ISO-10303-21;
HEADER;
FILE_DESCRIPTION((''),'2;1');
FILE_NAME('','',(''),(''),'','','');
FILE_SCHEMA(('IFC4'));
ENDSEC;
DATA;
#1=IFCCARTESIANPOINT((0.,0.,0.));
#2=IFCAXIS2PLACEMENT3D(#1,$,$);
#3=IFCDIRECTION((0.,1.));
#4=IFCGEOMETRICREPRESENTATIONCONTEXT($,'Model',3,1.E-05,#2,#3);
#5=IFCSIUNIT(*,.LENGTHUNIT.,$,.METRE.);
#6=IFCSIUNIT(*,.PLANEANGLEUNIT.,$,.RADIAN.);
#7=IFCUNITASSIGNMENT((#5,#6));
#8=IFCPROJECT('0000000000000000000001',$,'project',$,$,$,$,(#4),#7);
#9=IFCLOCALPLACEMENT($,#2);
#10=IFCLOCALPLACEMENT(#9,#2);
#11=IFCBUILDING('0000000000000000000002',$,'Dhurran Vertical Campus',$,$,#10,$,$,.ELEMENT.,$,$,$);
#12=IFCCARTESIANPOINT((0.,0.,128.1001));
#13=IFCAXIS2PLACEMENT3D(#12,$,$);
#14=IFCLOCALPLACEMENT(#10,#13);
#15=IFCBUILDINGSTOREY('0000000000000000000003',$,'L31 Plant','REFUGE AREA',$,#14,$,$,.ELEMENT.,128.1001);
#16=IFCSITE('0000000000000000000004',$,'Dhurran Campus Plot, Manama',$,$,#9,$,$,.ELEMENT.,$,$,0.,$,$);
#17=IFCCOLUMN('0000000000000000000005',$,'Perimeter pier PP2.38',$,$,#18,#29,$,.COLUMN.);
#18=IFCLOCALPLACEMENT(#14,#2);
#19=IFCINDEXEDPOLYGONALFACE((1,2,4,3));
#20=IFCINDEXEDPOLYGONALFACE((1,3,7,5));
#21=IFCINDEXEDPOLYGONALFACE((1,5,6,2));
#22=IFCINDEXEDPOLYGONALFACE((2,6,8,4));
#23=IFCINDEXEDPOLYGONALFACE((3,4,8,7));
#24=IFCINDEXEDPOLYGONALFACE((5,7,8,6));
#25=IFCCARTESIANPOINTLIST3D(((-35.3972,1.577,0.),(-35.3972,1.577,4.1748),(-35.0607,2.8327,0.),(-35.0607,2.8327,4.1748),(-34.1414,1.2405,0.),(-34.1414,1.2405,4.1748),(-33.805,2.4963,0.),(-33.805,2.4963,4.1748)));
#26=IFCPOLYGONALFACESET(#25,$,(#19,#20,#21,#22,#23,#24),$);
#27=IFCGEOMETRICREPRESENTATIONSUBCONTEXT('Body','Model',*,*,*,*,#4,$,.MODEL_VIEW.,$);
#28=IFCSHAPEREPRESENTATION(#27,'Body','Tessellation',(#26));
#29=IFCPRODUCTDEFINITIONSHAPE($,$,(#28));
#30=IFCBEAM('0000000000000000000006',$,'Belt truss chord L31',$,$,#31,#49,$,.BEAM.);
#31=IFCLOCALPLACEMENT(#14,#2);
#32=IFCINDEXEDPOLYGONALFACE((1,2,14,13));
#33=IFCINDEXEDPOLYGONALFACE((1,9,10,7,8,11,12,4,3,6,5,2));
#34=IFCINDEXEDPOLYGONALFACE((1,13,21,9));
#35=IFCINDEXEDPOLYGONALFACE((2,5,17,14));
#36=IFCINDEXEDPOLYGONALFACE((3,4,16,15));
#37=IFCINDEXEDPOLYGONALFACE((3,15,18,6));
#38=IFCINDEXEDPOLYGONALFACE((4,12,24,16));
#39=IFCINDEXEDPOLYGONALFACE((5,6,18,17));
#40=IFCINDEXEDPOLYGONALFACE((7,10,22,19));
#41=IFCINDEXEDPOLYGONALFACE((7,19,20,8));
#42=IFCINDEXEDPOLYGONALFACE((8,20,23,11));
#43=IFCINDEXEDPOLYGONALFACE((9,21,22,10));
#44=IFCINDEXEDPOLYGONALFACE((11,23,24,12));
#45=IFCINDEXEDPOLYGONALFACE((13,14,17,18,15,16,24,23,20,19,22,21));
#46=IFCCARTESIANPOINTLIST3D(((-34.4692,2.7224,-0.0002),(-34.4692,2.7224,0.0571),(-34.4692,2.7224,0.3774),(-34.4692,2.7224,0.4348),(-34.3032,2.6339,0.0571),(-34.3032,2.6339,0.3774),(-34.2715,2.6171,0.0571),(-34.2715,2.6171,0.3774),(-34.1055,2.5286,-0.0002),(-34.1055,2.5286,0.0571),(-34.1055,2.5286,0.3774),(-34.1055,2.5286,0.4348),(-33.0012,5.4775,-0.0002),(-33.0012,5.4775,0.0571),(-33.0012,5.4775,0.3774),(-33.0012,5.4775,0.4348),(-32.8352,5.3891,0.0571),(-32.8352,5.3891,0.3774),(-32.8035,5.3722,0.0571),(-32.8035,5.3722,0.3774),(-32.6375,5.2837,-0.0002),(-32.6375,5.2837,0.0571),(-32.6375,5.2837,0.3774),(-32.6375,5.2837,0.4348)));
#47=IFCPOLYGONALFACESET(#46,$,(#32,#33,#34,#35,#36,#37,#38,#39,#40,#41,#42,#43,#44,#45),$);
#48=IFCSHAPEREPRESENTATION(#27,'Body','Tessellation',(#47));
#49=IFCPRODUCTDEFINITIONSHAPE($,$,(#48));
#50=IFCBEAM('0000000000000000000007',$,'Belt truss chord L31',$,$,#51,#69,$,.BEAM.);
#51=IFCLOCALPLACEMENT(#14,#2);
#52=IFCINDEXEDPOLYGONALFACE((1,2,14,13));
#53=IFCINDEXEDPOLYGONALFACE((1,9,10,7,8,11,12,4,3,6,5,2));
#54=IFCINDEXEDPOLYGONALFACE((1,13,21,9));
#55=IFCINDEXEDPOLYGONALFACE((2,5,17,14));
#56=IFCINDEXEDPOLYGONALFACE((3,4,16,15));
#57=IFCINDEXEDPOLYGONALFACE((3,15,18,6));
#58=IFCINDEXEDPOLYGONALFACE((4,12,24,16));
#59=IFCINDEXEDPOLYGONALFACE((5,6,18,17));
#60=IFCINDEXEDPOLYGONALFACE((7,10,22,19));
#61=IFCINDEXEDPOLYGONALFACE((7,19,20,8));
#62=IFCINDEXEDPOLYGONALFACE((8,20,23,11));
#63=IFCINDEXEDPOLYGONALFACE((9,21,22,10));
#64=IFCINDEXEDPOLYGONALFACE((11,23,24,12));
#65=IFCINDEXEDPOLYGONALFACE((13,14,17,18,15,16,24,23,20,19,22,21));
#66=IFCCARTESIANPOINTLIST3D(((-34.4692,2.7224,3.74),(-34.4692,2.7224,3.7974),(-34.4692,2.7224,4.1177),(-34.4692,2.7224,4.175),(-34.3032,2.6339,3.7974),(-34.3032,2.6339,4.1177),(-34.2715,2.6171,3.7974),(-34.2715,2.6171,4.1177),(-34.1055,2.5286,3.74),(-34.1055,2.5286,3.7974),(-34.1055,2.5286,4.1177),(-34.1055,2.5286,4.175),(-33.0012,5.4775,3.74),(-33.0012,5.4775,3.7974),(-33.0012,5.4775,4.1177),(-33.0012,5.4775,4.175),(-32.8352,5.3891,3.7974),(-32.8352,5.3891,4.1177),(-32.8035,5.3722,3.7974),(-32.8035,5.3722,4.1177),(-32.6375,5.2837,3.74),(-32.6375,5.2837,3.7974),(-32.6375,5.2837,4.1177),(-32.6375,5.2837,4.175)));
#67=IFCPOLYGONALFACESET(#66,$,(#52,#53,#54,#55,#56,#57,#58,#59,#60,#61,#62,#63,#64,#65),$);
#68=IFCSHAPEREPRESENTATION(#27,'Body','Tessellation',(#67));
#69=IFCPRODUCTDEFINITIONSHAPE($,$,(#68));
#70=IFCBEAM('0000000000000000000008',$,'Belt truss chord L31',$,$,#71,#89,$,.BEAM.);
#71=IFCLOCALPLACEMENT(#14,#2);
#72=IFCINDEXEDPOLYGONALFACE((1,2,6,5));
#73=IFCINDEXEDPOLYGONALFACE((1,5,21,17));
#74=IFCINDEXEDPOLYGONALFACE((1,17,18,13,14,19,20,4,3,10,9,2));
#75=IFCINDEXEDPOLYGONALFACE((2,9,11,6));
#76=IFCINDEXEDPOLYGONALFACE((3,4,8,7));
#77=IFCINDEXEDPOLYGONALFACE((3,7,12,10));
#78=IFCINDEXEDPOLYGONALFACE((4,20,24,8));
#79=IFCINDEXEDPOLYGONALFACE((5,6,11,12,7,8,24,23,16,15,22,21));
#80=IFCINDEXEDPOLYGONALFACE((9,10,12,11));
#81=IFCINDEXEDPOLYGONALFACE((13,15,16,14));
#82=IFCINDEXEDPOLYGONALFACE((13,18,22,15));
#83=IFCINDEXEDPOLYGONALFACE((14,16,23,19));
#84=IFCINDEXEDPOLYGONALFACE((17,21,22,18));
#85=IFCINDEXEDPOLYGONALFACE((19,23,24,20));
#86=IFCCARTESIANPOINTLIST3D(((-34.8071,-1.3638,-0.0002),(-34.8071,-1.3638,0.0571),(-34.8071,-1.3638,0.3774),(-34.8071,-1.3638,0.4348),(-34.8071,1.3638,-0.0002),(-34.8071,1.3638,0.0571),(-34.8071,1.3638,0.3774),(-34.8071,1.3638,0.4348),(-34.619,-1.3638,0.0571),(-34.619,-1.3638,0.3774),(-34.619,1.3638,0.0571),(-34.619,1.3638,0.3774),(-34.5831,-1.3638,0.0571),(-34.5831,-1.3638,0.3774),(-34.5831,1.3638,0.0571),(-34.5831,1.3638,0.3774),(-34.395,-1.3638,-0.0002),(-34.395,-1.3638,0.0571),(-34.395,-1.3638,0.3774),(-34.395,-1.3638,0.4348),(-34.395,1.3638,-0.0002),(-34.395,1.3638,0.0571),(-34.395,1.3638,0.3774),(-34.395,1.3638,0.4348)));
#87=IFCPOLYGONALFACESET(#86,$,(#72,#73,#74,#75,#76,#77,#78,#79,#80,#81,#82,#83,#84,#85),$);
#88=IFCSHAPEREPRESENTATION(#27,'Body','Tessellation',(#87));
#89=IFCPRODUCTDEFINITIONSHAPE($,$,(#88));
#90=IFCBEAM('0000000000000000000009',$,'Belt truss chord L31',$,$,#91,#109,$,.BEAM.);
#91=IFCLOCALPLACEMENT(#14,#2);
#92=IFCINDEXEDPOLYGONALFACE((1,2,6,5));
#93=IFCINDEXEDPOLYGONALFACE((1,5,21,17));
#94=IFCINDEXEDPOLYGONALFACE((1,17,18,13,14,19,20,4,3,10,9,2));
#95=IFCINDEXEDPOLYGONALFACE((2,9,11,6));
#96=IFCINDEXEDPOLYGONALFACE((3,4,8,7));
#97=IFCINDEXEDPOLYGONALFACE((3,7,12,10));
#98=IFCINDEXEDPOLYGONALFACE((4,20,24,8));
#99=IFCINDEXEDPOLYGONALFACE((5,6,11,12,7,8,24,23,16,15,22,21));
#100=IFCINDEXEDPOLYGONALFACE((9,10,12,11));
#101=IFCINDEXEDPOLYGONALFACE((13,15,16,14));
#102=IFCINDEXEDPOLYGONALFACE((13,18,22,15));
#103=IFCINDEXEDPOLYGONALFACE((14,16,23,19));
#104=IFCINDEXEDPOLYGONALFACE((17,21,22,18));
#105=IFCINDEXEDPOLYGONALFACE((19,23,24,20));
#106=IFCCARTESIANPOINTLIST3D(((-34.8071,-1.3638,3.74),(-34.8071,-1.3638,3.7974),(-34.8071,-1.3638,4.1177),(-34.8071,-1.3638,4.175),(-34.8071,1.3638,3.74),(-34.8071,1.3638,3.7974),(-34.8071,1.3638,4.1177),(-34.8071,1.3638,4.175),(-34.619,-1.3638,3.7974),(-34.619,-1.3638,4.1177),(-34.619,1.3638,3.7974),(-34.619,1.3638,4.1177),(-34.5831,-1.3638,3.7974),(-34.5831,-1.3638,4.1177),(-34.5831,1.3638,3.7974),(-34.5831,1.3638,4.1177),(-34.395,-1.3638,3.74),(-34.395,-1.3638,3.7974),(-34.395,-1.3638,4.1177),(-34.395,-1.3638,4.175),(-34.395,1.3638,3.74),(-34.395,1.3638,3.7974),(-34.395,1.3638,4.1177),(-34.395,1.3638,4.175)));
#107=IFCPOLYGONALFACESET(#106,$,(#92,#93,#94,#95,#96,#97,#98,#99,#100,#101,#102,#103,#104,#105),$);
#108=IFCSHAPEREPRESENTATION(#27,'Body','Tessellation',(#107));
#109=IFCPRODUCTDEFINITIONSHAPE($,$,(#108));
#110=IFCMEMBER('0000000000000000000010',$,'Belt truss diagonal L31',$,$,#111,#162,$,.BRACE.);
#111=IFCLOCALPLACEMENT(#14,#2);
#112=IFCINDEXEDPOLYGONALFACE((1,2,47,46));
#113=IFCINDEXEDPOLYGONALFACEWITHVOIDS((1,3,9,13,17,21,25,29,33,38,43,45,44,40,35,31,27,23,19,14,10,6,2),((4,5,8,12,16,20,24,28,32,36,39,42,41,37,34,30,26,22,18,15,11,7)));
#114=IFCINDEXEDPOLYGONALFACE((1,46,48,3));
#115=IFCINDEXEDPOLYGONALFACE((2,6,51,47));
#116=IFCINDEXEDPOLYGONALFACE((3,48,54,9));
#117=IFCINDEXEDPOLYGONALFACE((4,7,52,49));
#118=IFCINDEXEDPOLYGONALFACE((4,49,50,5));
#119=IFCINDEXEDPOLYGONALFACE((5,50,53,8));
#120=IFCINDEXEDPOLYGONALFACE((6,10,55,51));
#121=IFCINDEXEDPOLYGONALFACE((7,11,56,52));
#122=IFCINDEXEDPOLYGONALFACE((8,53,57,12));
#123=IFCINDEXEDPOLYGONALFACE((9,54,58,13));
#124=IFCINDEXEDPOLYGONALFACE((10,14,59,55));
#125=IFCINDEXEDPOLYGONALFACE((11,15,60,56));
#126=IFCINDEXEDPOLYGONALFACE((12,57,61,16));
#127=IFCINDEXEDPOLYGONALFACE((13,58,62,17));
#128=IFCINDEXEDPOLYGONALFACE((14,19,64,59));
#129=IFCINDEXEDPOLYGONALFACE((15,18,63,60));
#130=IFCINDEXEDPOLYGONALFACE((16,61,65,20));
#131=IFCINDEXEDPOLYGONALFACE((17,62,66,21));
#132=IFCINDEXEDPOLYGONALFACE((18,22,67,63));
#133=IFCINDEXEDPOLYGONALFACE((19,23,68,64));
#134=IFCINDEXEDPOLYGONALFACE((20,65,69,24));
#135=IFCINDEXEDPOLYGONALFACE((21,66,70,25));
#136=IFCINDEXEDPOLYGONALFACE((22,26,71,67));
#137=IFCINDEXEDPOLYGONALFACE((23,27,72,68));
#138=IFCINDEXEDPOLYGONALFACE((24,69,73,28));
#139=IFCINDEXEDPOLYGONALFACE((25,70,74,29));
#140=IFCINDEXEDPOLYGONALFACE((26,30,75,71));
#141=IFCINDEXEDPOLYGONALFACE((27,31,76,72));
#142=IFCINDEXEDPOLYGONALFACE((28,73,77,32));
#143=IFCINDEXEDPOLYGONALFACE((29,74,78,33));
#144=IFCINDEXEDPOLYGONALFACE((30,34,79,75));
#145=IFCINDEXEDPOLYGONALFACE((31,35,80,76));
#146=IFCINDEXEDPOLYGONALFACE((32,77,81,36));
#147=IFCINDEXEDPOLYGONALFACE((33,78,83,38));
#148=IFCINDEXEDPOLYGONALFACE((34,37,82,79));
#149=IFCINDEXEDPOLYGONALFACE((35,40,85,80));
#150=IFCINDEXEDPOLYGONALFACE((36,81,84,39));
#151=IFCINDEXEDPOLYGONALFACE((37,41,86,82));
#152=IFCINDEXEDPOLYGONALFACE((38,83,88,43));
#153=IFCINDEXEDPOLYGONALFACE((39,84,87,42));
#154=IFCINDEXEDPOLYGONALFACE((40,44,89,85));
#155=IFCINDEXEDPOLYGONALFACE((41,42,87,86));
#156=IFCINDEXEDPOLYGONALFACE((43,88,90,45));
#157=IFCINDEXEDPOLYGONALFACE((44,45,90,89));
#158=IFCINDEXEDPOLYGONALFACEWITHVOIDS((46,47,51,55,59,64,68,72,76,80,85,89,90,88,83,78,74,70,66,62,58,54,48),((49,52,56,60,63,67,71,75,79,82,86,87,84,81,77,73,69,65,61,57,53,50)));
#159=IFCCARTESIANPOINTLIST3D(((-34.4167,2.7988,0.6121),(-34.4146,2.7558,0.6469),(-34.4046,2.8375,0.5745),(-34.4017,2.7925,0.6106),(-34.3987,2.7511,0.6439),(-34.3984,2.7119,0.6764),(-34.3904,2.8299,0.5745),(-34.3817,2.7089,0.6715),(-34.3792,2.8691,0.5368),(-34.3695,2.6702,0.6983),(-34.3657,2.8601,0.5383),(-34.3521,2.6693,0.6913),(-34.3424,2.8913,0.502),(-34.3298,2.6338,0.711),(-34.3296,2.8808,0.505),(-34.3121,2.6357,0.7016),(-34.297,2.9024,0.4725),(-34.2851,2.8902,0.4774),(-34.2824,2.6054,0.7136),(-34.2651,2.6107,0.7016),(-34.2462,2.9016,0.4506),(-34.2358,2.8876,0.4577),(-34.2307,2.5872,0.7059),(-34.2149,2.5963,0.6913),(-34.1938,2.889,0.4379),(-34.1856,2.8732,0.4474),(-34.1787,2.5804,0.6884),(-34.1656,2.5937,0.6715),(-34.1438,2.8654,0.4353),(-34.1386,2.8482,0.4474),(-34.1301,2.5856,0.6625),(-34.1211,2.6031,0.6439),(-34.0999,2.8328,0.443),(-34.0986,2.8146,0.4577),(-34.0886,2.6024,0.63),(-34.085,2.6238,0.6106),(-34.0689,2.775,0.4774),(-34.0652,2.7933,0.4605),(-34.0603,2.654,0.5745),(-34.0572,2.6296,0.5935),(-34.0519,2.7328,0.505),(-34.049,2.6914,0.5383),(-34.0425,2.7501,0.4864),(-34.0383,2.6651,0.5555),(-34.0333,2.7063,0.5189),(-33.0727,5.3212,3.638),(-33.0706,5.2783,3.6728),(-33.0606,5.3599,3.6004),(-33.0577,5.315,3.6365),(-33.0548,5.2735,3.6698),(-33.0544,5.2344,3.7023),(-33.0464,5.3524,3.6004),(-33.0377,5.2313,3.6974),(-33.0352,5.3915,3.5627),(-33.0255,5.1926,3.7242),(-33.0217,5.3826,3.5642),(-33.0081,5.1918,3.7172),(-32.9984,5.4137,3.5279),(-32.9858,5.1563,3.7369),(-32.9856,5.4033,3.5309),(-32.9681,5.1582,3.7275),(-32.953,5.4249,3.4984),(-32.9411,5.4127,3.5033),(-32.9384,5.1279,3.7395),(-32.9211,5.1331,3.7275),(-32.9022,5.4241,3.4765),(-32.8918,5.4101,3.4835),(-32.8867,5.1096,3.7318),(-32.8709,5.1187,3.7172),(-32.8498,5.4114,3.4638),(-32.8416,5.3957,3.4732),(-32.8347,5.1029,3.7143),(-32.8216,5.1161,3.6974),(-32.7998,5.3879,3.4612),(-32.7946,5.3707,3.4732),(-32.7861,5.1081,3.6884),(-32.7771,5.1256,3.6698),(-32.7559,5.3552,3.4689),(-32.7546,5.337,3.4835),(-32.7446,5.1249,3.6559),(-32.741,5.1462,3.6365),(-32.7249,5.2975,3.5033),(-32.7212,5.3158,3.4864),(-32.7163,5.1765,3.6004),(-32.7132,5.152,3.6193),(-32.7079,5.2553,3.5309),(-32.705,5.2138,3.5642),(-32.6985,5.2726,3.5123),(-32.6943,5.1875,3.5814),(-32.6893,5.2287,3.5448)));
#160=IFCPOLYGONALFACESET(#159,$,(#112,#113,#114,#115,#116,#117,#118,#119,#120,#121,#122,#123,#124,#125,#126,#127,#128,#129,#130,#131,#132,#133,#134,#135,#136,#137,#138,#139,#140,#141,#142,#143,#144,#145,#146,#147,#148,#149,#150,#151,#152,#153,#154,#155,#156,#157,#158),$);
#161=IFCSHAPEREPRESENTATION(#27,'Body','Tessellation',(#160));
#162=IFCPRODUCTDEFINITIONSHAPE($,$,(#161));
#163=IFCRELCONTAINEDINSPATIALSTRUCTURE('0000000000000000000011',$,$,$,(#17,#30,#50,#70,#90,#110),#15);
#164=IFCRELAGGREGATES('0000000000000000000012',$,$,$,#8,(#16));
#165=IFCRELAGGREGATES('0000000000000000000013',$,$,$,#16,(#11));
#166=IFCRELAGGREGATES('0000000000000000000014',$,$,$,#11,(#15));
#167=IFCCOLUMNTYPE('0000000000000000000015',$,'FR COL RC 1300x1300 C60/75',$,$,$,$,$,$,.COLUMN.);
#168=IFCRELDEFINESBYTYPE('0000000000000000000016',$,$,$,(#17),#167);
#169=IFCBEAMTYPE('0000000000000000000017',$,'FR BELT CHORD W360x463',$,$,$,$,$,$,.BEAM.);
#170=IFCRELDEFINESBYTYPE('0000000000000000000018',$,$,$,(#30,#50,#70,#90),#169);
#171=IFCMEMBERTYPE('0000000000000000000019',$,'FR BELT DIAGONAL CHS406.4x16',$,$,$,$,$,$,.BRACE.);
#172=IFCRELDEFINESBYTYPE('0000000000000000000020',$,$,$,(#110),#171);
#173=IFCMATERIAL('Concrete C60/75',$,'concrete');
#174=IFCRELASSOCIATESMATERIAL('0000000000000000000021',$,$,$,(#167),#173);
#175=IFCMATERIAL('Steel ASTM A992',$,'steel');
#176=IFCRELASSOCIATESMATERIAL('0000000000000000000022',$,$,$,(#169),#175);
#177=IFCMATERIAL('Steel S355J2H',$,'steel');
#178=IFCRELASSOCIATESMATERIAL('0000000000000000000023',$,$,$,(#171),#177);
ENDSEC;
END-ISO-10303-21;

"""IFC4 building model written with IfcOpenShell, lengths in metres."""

from ifc_helpers import new_model, si_unit, direction, frame, origin, origin_2d, place, context, subcontext, project, spatial, rectangle, hollow_circle, i_section, extrude, material, material_profile, profile_set, type_object, element, save


model = new_model("IFC4")

# Units and contexts
model_context = context("Model", 3, precision=1e-05, world=origin(), true_north=direction((0.0, 1.0)))
body_context = subcontext(model_context, "Body", "Model", "MODEL_VIEW")
ifc_project = project(units=[si_unit("LENGTHUNIT", "METRE"), si_unit("PLANEANGLEUNIT", "RADIAN")], contexts=[model_context])

# Site, building, storey
site_placement = place(None, origin())
site = spatial("IfcSite", under=ifc_project, at=site_placement, Name="Dhurran Campus Plot, Manama", CompositionType="ELEMENT", RefElevation=0.0)
building_placement = place(site_placement, origin())
building = spatial("IfcBuilding", under=site, at=building_placement, Name="Dhurran Vertical Campus", CompositionType="ELEMENT")
storey_placement = place(building_placement, frame((0.0, 0.0, 128.1001)))
storey = spatial("IfcBuildingStorey", under=building, at=storey_placement, Name="L31 Plant", Description="REFUGE AREA", CompositionType="ELEMENT", Elevation=128.1001)

# Column
ifc_material_1 = material(Name="Concrete C60/75", Category="concrete")
ifc_material_profile_1 = material_profile(ifc_material_1, rectangle(XDim=1.3, YDim=1.3, at=origin_2d()), Name="RC 1300x1300")
ifc_profile_set_1 = profile_set([ifc_material_profile_1], Name="Concrete C60/75")
column_type = type_object("IfcColumnType", Name="FR COL RC 1300x1300 C60/75", PredefinedType="COLUMN", material=ifc_profile_set_1)
column_placement = place(storey_placement, frame((-34.6011, 2.0366, 0.0), z_axis=(0.0, 0.0, 1.0), x_axis=(-0.258819, -0.965926, 0.0)))
element("IfcColumn", 1, at=column_placement, inside=storey, type_object=column_type, Name="Perimeter pier PP2.38", PredefinedType="COLUMN", context=body_context, shape_type="SweptSolid", body=[
    extrude(rectangle(XDim=1.3, YDim=1.3, at=origin_2d()), origin(), (0.0, 0.0, 1.0), 4.1748),
])

# Beams
ifc_material_2 = material(Name="Steel ASTM A992", Category="steel")
ifc_material_profile_2 = material_profile(ifc_material_2, i_section(OverallWidth=0.4121, OverallDepth=0.4351, WebThickness=0.0359, FlangeThickness=0.0574, at=origin_2d()), Name="W360x463")
ifc_profile_set_2 = profile_set([ifc_material_profile_2], Name="Steel ASTM A992")
beam_type_1 = type_object("IfcBeamType", Name="FR BELT CHORD W360x463", PredefinedType="BEAM", material=ifc_profile_set_2)
for number, where, z_axis, x_axis, name in (
    (2, (-32.8193, 5.3806, 0.2173), (-0.470243, -0.882537, 0.0), (0.882537, -0.470243, 0.0), "Belt truss chord L31"),
    (3, (-32.8193, 5.3806, 3.9575), (-0.470243, -0.882537, 0.0), (0.882537, -0.470243, 0.0), "Belt truss chord L31"),
):
    element("IfcBeam", number, at=place(storey_placement, frame(where, z_axis=z_axis, x_axis=x_axis)), inside=storey, type_object=beam_type_1, Name=name, PredefinedType="BEAM", context=body_context, shape_type="SweptSolid", body=[
        extrude(i_section(OverallWidth=0.4121, OverallDepth=0.4351, WebThickness=0.0359, FlangeThickness=0.0574, at=origin_2d()), origin(), (0.0, 0.0, 1.0), 3.1218),
    ])
for number, where, z_axis, x_axis, name in (
    (4, (-34.6011, 1.3638, 0.2173), (0.0, -1.0, 0.0), (1.0, 0.0, 0.0), "Belt truss chord L31"),
    (5, (-34.6011, 1.3638, 3.9575), (0.0, -1.0, 0.0), (1.0, 0.0, 0.0), "Belt truss chord L31"),
):
    element("IfcBeam", number, at=place(storey_placement, frame(where, z_axis=z_axis, x_axis=x_axis)), inside=storey, type_object=beam_type_1, Name=name, PredefinedType="BEAM", context=body_context, shape_type="SweptSolid", body=[
        extrude(i_section(OverallWidth=0.4121, OverallDepth=0.4351, WebThickness=0.0359, FlangeThickness=0.0574, at=origin_2d()), origin(), (0.0, 0.0, 1.0), 2.7275),
    ])

# Member
ifc_material_3 = material(Name="Steel S355J2H", Category="steel")
ifc_material_profile_3 = material_profile(ifc_material_3, hollow_circle(Radius=0.2031, WallThickness=0.0161, at=origin_2d()), Name="CHS406.4x16")
ifc_profile_set_3 = profile_set([ifc_material_profile_3], Name="Steel S355J2H")
member_type_1 = type_object("IfcMemberType", Name="FR BELT DIAGONAL CHS406.4x16", PredefinedType="BRACE", material=ifc_profile_set_3)
member_1_placement = place(storey_placement, frame((-34.2253, 2.7419, 0.5745), z_axis=(0.322894, 0.60602, 0.726966), x_axis=(-0.882544, 0.470229, 0.0)))
element("IfcMember", 6, at=member_1_placement, inside=storey, type_object=member_type_1, Name="Belt truss diagonal L31", PredefinedType="BRACE", context=body_context, shape_type="SweptSolid", body=[
    extrude(hollow_circle(Radius=0.2031, WallThickness=0.0161, at=origin_2d()), origin(), (0.0, 0.0, 1.0), 4.1624),
])

save(model, "model.ifc")
